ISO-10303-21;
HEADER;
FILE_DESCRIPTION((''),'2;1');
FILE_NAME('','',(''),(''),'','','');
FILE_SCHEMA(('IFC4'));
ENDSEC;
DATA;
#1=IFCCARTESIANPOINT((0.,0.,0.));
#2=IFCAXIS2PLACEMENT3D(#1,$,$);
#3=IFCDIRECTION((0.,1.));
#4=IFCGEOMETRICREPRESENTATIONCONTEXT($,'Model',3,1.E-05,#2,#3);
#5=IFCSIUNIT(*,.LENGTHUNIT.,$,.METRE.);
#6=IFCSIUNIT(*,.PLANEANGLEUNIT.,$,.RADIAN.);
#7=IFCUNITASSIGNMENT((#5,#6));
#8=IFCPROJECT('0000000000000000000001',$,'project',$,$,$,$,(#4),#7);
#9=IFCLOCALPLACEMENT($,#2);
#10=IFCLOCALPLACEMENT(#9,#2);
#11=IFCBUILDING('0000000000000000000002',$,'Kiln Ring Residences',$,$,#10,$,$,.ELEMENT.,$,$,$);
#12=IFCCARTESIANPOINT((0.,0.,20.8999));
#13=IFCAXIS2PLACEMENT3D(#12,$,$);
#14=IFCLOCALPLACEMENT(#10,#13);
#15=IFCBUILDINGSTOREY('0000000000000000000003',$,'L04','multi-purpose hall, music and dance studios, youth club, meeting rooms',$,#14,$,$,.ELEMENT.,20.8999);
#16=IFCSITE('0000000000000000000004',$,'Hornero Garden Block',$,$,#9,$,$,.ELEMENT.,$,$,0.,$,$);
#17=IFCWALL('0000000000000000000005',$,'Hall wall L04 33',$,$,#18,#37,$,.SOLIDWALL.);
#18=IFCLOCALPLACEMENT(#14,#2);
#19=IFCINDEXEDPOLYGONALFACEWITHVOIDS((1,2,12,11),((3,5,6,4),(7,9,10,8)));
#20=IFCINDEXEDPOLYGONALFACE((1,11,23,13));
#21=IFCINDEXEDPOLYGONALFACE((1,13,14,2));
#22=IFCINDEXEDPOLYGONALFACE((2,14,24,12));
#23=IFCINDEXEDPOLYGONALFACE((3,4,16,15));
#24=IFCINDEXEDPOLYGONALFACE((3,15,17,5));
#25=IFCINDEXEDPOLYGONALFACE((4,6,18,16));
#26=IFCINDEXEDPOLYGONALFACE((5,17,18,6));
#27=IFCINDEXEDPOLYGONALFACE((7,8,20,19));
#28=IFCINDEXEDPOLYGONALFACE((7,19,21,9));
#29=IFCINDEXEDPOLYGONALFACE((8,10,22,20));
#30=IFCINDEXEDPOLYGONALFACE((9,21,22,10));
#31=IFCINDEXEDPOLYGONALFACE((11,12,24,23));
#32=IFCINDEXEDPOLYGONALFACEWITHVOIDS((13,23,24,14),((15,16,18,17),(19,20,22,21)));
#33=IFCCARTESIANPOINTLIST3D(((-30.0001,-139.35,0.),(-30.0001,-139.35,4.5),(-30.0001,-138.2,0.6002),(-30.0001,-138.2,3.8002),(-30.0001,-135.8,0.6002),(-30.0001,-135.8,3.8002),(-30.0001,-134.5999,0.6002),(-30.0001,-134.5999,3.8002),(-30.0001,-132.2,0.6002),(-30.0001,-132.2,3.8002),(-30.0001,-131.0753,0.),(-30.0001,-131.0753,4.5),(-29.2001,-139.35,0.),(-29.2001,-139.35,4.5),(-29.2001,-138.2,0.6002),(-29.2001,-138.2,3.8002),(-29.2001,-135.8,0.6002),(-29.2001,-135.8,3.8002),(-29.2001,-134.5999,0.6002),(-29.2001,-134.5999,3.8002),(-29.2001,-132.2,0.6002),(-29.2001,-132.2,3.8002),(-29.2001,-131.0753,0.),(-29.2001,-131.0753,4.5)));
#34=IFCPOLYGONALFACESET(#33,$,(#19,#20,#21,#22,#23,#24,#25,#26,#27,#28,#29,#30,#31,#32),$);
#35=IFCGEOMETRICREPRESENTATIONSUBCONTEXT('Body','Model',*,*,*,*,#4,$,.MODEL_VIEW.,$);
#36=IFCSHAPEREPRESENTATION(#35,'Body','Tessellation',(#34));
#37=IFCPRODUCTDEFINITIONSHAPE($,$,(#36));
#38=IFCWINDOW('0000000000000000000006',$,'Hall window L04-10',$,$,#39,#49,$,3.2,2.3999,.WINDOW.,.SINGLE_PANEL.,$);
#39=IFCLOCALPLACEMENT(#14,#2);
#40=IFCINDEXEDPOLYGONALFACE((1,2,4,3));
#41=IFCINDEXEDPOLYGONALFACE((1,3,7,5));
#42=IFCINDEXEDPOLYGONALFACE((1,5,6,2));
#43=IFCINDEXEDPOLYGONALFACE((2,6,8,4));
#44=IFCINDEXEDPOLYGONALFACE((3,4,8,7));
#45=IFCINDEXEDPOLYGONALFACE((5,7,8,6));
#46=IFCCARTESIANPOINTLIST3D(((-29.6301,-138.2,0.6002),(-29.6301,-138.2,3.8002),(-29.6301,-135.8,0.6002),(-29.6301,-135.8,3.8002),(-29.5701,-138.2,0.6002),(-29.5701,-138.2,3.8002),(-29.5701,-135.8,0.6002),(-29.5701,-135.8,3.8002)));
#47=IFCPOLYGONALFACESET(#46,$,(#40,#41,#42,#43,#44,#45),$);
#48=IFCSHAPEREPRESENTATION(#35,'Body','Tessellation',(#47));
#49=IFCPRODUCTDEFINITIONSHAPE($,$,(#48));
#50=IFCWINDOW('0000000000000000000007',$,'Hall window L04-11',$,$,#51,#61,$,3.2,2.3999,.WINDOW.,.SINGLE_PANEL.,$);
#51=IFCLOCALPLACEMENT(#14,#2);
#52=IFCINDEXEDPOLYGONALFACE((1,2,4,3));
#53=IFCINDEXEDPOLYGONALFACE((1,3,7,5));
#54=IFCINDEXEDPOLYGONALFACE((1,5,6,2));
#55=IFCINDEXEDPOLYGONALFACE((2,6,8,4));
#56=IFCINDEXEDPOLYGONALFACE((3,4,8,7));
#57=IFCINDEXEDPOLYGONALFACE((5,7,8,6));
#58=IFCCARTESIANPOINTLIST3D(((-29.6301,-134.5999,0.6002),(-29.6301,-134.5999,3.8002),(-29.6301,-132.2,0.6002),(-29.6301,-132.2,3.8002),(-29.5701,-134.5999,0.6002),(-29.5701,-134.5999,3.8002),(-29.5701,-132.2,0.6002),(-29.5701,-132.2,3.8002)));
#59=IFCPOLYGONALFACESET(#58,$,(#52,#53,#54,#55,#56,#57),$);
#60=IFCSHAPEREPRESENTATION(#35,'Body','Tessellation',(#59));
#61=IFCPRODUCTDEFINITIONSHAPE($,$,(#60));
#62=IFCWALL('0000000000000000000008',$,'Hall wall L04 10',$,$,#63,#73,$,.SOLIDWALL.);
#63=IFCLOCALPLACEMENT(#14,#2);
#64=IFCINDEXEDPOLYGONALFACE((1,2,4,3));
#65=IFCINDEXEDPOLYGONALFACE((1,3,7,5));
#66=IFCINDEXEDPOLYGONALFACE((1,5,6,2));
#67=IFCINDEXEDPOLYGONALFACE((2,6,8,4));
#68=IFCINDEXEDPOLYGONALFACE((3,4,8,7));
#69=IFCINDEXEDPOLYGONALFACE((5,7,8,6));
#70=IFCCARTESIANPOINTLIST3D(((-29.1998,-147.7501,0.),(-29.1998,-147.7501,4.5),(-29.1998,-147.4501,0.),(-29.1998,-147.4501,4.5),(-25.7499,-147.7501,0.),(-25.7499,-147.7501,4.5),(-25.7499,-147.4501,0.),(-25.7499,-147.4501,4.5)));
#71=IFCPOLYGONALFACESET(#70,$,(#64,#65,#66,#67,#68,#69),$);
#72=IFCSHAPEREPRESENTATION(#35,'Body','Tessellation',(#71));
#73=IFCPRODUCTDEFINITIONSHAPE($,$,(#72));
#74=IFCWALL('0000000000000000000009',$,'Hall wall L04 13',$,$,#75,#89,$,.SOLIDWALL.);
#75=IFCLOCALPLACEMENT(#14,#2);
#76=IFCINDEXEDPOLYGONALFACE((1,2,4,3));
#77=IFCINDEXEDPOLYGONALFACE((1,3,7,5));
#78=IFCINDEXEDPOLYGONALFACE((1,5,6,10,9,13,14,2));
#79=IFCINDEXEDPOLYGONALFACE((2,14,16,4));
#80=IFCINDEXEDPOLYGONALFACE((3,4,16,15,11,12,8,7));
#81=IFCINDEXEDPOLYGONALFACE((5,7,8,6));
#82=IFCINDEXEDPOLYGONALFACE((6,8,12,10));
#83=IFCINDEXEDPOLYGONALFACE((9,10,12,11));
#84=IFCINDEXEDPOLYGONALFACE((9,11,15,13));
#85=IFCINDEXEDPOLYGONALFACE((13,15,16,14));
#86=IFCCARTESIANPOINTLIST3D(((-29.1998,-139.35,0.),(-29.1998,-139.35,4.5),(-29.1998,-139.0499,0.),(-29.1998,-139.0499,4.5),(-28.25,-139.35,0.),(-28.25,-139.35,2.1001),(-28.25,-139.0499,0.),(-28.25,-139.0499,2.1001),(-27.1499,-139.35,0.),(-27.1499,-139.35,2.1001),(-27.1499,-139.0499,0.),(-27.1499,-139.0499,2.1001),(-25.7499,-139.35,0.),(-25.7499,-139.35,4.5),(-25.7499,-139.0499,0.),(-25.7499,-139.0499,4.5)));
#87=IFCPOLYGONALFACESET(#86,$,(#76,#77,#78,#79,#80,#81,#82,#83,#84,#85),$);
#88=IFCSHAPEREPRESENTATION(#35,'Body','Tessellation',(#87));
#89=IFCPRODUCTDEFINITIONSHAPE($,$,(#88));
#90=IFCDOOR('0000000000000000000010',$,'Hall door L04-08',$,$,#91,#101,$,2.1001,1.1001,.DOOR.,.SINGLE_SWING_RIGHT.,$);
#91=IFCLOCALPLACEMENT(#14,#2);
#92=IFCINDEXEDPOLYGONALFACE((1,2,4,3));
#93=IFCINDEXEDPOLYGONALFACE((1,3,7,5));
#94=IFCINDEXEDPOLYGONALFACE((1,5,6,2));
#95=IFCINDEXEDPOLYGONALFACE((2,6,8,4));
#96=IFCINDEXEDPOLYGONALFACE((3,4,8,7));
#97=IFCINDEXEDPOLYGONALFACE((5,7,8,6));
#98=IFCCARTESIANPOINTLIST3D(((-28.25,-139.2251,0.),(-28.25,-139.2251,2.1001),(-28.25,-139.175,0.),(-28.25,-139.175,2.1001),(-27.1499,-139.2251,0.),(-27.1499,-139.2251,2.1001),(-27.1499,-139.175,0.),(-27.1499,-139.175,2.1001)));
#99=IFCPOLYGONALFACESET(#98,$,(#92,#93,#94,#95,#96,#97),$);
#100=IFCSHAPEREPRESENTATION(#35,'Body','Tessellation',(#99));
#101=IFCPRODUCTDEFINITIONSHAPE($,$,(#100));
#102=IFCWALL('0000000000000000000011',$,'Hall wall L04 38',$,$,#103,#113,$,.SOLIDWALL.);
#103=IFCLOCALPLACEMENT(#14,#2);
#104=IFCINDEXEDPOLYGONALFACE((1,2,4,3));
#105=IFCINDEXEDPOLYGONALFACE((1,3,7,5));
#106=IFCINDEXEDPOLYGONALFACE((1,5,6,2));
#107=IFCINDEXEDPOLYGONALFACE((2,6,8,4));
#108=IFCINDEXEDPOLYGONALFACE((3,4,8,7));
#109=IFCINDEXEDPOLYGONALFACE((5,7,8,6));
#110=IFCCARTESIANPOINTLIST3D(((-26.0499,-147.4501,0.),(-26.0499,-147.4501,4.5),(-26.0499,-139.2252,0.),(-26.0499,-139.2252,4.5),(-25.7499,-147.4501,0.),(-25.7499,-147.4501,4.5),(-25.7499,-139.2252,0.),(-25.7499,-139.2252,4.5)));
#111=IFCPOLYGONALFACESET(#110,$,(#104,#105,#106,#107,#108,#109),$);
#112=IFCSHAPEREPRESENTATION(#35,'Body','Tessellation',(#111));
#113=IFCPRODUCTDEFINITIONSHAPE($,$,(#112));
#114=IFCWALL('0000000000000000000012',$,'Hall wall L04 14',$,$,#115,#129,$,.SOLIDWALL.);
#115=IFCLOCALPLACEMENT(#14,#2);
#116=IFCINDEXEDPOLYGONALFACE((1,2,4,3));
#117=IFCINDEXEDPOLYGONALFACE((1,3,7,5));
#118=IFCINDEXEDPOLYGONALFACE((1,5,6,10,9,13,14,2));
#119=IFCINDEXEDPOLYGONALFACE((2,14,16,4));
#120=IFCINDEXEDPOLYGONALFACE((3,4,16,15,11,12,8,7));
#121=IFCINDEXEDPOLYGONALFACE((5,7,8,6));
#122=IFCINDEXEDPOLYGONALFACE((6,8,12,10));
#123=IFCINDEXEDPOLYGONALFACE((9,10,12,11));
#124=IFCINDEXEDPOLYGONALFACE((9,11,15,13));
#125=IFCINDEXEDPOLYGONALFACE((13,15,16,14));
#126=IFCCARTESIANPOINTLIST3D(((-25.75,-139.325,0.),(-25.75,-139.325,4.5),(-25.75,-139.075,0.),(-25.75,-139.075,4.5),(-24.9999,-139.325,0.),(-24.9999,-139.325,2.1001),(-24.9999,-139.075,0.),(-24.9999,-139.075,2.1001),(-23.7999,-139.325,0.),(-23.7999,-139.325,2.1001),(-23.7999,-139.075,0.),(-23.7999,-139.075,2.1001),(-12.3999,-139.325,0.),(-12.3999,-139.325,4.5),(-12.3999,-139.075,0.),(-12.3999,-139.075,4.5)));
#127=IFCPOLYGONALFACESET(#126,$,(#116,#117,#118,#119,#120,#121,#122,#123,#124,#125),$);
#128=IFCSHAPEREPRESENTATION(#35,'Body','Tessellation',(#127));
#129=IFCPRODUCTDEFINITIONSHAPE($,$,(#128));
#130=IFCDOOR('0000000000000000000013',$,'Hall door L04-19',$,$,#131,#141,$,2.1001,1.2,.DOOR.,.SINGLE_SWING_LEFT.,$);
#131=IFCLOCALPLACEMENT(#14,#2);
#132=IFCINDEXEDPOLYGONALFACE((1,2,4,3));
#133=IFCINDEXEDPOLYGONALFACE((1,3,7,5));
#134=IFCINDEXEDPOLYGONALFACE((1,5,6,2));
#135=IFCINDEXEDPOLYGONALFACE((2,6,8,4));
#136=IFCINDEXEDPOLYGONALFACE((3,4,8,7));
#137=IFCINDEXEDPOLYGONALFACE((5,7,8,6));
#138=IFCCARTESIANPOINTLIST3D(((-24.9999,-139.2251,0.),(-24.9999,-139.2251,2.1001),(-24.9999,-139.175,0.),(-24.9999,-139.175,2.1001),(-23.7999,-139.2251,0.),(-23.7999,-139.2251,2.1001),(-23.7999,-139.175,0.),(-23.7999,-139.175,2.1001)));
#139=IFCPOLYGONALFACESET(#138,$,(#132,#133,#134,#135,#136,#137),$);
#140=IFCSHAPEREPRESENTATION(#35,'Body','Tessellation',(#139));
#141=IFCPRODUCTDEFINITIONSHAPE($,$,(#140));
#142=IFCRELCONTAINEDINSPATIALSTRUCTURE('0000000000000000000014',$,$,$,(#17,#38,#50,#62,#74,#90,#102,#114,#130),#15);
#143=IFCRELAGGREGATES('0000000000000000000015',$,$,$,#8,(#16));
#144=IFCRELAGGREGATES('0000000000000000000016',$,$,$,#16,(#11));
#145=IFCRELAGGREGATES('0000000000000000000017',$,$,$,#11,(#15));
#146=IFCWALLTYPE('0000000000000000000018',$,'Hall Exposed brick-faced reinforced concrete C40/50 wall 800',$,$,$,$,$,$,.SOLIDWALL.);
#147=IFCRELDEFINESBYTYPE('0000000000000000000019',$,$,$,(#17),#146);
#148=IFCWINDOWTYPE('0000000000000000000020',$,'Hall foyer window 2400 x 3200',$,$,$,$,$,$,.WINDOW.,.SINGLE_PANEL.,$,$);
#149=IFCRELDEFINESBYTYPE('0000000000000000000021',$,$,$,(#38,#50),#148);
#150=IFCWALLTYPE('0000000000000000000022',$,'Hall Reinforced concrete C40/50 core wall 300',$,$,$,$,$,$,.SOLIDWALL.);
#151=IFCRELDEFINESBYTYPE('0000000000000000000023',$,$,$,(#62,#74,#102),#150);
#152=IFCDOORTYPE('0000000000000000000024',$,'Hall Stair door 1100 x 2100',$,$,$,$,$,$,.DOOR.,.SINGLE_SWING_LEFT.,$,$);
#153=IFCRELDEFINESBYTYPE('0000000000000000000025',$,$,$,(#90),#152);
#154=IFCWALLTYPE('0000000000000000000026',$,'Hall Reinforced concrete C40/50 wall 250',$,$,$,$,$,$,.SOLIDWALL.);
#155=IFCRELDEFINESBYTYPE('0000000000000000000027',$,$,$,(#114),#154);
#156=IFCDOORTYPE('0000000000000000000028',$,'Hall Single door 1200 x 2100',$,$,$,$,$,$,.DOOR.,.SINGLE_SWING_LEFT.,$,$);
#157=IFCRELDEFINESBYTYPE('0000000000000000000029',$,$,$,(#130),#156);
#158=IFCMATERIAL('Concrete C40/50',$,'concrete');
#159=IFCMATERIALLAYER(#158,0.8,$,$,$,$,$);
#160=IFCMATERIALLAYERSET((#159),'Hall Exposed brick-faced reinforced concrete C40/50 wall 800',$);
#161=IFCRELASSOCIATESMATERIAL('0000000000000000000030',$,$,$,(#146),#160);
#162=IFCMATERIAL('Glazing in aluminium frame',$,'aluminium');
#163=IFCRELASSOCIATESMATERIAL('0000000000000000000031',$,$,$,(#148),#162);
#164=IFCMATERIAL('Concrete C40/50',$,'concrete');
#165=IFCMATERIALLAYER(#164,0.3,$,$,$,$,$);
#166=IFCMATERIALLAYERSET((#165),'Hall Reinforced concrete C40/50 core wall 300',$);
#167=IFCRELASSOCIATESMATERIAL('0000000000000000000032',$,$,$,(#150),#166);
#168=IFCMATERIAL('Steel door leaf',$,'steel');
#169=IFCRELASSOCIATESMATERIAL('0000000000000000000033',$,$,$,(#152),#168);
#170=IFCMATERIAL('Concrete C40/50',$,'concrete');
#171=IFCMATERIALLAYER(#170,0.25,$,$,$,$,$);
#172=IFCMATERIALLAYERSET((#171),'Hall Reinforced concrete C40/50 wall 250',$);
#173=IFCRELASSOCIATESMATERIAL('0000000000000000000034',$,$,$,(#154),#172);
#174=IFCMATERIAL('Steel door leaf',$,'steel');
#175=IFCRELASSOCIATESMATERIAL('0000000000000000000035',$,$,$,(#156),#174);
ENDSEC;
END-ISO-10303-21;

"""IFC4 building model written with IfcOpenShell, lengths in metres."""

from ifc_helpers import new_model, si_unit, direction, frame, frame_2d, origin, place, context, subcontext, project, spatial, rectangle, extrude, material, layer, layer_set, type_object, element, fill, save


model = new_model("IFC4")

# Units and contexts
model_context = context("Model", 3, precision=1e-05, world=origin(), true_north=direction((0.0, 1.0)))
body_context = subcontext(model_context, "Body", "Model", "MODEL_VIEW")
ifc_project = project(units=[si_unit("LENGTHUNIT", "METRE"), si_unit("PLANEANGLEUNIT", "RADIAN")], contexts=[model_context])

# Site, building, storey
site_placement = place(None, origin())
site = spatial("IfcSite", under=ifc_project, at=site_placement, Name="Hornero Garden Block", CompositionType="ELEMENT", RefElevation=0.0)
building_placement = place(site_placement, origin())
building = spatial("IfcBuilding", under=site, at=building_placement, Name="Kiln Ring Residences", CompositionType="ELEMENT")
storey_placement = place(building_placement, frame((0.0, 0.0, 20.8999)))
storey = spatial("IfcBuildingStorey", under=building, at=storey_placement, Name="L04", Description="multi-purpose hall, music and dance studios, youth club, meeting rooms", CompositionType="ELEMENT", Elevation=20.8999)

# Shared definitions
ifc_material_1 = material(Name="Concrete C40/50", Category="concrete")
ifc_layer_1 = layer(ifc_material_1, 0.8)
ifc_layer_set_1 = layer_set([ifc_layer_1], Name="Hall Exposed brick-faced reinforced concrete C40/50 wall 800")
wall_type_1 = type_object("IfcWallType", Name="Hall Exposed brick-faced reinforced concrete C40/50 wall 800", PredefinedType="SOLIDWALL", material=ifc_layer_set_1)

# Wall, openings, windows
wall_1_placement = place(storey_placement, frame((-29.6001, -139.3499, 0.0), z_axis=(0.0, 0.0, 1.0), x_axis=(0.0, 1.0, 0.0)))
wall_1 = element("IfcWall", 1, at=wall_1_placement, inside=storey, type_object=wall_type_1, Name="Hall wall L04 33", PredefinedType="SOLIDWALL", context=body_context, shape_type="SweptSolid", body=[
    extrude(rectangle(XDim=8.2747, YDim=0.8, at=frame_2d((4.1372, 0.0))), origin(), (0.0, 0.0, 1.0), 4.5),
])
opening_1_placement = place(wall_1_placement, frame((1.1499, 0.0, 0.6001)))
opening_1 = element("IfcOpeningElement", 2, at=opening_1_placement, cuts=wall_1, PredefinedType="OPENING", context=body_context, shape_type="SweptSolid", body=[
    extrude(rectangle(XDim=2.3999, YDim=3.2, at=frame_2d((1.2, 1.6001))), frame((0.0, 0.4099, 0.0), z_axis=(0.0, -1.0, 0.0), x_axis=(1.0, 0.0, 0.0)), (0.0, 0.0, 1.0), 0.8201),
])
opening_2_placement = place(wall_1_placement, frame((4.75, 0.0, 0.6001)))
opening_2 = element("IfcOpeningElement", 3, at=opening_2_placement, cuts=wall_1, PredefinedType="OPENING", context=body_context, shape_type="SweptSolid", body=[
    extrude(rectangle(XDim=2.3999, YDim=3.2, at=frame_2d((1.2, 1.6001))), frame((0.0, 0.4099, 0.0), z_axis=(0.0, -1.0, 0.0), x_axis=(1.0, 0.0, 0.0)), (0.0, 0.0, 1.0), 0.8201),
])
ifc_material_2 = material(Name="Glazing in aluminium frame", Category="aluminium")
window_type = type_object("IfcWindowType", Name="Hall foyer window 2400 x 3200", PartitioningType="SINGLE_PANEL", PredefinedType="WINDOW", material=ifc_material_2)
window_1_placement = place(opening_1_placement, origin())
window_1 = element("IfcWindow", 4, at=window_1_placement, inside=storey, type_object=window_type, Name="Hall window L04-10", OverallHeight=3.2, OverallWidth=2.3999, PartitioningType="SINGLE_PANEL", PredefinedType="WINDOW", context=body_context, shape_type="SweptSolid", body=[
    extrude(rectangle(XDim=2.3999, YDim=3.2, at=frame_2d((1.2, 1.6001))), frame((0.0, 0.03, 0.0), z_axis=(0.0, -1.0, 0.0), x_axis=(1.0, 0.0, 0.0)), (0.0, 0.0, 1.0), 0.0601),
])
fill(opening_1, window_1)
window_2_placement = place(opening_2_placement, origin())
window_2 = element("IfcWindow", 5, at=window_2_placement, inside=storey, type_object=window_type, Name="Hall window L04-11", OverallHeight=3.2, OverallWidth=2.3999, PartitioningType="SINGLE_PANEL", PredefinedType="WINDOW", context=body_context, shape_type="SweptSolid", body=[
    extrude(rectangle(XDim=2.3999, YDim=3.2, at=frame_2d((1.2, 1.6001))), frame((0.0, 0.03, 0.0), z_axis=(0.0, -1.0, 0.0), x_axis=(1.0, 0.0, 0.0)), (0.0, 0.0, 1.0), 0.0601),
])
fill(opening_2, window_2)

# Wall
ifc_material_3 = material(Name="Concrete C40/50", Category="concrete")
ifc_layer_2 = layer(ifc_material_3, 0.3)
ifc_layer_set_2 = layer_set([ifc_layer_2], Name="Hall Reinforced concrete C40/50 core wall 300")
wall_type_2 = type_object("IfcWallType", Name="Hall Reinforced concrete C40/50 core wall 300", PredefinedType="SOLIDWALL", material=ifc_layer_set_2)
wall_2_placement = place(storey_placement, frame((-29.2, -147.6001, 0.0), z_axis=(0.0, 0.0, 1.0), x_axis=(1.0, 0.0, 0.0)))
element("IfcWall", 6, at=wall_2_placement, inside=storey, type_object=wall_type_2, Name="Hall wall L04 10", PredefinedType="SOLIDWALL", context=body_context, shape_type="SweptSolid", body=[
    extrude(rectangle(XDim=3.45, YDim=0.3, at=frame_2d((1.7251, 0.0))), origin(), (0.0, 0.0, 1.0), 4.5),
])

# Wall, opening, door
wall_3_placement = place(storey_placement, frame((-29.2, -139.2, 0.0), z_axis=(0.0, 0.0, 1.0), x_axis=(1.0, 0.0, 0.0)))
wall_3 = element("IfcWall", 7, at=wall_3_placement, inside=storey, type_object=wall_type_2, Name="Hall wall L04 13", PredefinedType="SOLIDWALL", context=body_context, shape_type="SweptSolid", body=[
    extrude(rectangle(XDim=3.45, YDim=0.3, at=frame_2d((1.7251, 0.0))), origin(), (0.0, 0.0, 1.0), 4.5),
])
opening_3_placement = place(wall_3_placement, frame((0.95, 0.0, 0.0)))
opening_3 = element("IfcOpeningElement", 8, at=opening_3_placement, cuts=wall_3, PredefinedType="OPENING", context=body_context, shape_type="SweptSolid", body=[
    extrude(rectangle(XDim=1.1001, YDim=2.1001, at=frame_2d((0.55, 1.05))), frame((0.0, 0.1599, 0.0), z_axis=(0.0, -1.0, 0.0), x_axis=(1.0, 0.0, 0.0)), (0.0, 0.0, 1.0), 0.3201),
])
ifc_material_4 = material(Name="Steel door leaf", Category="steel")
door_type_1 = type_object("IfcDoorType", Name="Hall Stair door 1100 x 2100", OperationType="SINGLE_SWING_LEFT", PredefinedType="DOOR", material=ifc_material_4)
door_1_placement = place(opening_3_placement, origin())
door_1 = element("IfcDoor", 9, at=door_1_placement, inside=storey, type_object=door_type_1, Name="Hall door L04-08", OperationType="SINGLE_SWING_RIGHT", OverallHeight=2.1001, OverallWidth=1.1001, PredefinedType="DOOR", context=body_context, shape_type="SweptSolid", body=[
    extrude(rectangle(XDim=1.1001, YDim=2.1001, at=frame_2d((0.55, 1.05))), frame((0.0, 0.0249, 0.0), z_axis=(0.0, -1.0, 0.0), x_axis=(1.0, 0.0, 0.0)), (0.0, 0.0, 1.0), 0.05),
])
fill(opening_3, door_1)

# Wall
wall_4_placement = place(storey_placement, frame((-25.8999, -147.45, 0.0), z_axis=(0.0, 0.0, 1.0), x_axis=(0.0, 1.0, 0.0)))
element("IfcWall", 10, at=wall_4_placement, inside=storey, type_object=wall_type_2, Name="Hall wall L04 38", PredefinedType="SOLIDWALL", context=body_context, shape_type="SweptSolid", body=[
    extrude(rectangle(XDim=8.2249, YDim=0.3, at=frame_2d((4.1123, 0.0))), origin(), (0.0, 0.0, 1.0), 4.5),
])

# Wall, opening, door
ifc_material_5 = material(Name="Concrete C40/50", Category="concrete")
ifc_layer_3 = layer(ifc_material_5, 0.25)
ifc_layer_set_3 = layer_set([ifc_layer_3], Name="Hall Reinforced concrete C40/50 wall 250")
wall_type_3 = type_object("IfcWallType", Name="Hall Reinforced concrete C40/50 wall 250", PredefinedType="SOLIDWALL", material=ifc_layer_set_3)
wall_5_placement = place(storey_placement, frame((-25.75, -139.2, 0.0), z_axis=(0.0, 0.0, 1.0), x_axis=(1.0, 0.0, 0.0)))
wall_5 = element("IfcWall", 11, at=wall_5_placement, inside=storey, type_object=wall_type_3, Name="Hall wall L04 14", PredefinedType="SOLIDWALL", context=body_context, shape_type="SweptSolid", body=[
    extrude(rectangle(XDim=13.3501, YDim=0.25, at=frame_2d((6.675, 0.0))), origin(), (0.0, 0.0, 1.0), 4.5),
])
opening_4_placement = place(wall_5_placement, frame((0.75, 0.0, 0.0)))
opening_4 = element("IfcOpeningElement", 12, at=opening_4_placement, cuts=wall_5, PredefinedType="OPENING", context=body_context, shape_type="SweptSolid", body=[
    extrude(rectangle(XDim=1.2, YDim=2.1001, at=frame_2d((0.6001, 1.05))), frame((0.0, 0.135, 0.0), z_axis=(0.0, -1.0, 0.0), x_axis=(1.0, 0.0, 0.0)), (0.0, 0.0, 1.0), 0.27),
])
ifc_material_6 = material(Name="Steel door leaf", Category="steel")
door_type_2 = type_object("IfcDoorType", Name="Hall Single door 1200 x 2100", OperationType="SINGLE_SWING_LEFT", PredefinedType="DOOR", material=ifc_material_6)
door_2_placement = place(opening_4_placement, origin())
door_2 = element("IfcDoor", 13, at=door_2_placement, inside=storey, type_object=door_type_2, Name="Hall door L04-19", OperationType="SINGLE_SWING_LEFT", OverallHeight=2.1001, OverallWidth=1.2, PredefinedType="DOOR", context=body_context, shape_type="SweptSolid", body=[
    extrude(rectangle(XDim=1.2, YDim=2.1001, at=frame_2d((0.6001, 1.05))), frame((0.0, 0.0249, 0.0), z_axis=(0.0, -1.0, 0.0), x_axis=(1.0, 0.0, 0.0)), (0.0, 0.0, 1.0), 0.05),
])
fill(opening_4, door_2)

save(model, "model.ifc")
